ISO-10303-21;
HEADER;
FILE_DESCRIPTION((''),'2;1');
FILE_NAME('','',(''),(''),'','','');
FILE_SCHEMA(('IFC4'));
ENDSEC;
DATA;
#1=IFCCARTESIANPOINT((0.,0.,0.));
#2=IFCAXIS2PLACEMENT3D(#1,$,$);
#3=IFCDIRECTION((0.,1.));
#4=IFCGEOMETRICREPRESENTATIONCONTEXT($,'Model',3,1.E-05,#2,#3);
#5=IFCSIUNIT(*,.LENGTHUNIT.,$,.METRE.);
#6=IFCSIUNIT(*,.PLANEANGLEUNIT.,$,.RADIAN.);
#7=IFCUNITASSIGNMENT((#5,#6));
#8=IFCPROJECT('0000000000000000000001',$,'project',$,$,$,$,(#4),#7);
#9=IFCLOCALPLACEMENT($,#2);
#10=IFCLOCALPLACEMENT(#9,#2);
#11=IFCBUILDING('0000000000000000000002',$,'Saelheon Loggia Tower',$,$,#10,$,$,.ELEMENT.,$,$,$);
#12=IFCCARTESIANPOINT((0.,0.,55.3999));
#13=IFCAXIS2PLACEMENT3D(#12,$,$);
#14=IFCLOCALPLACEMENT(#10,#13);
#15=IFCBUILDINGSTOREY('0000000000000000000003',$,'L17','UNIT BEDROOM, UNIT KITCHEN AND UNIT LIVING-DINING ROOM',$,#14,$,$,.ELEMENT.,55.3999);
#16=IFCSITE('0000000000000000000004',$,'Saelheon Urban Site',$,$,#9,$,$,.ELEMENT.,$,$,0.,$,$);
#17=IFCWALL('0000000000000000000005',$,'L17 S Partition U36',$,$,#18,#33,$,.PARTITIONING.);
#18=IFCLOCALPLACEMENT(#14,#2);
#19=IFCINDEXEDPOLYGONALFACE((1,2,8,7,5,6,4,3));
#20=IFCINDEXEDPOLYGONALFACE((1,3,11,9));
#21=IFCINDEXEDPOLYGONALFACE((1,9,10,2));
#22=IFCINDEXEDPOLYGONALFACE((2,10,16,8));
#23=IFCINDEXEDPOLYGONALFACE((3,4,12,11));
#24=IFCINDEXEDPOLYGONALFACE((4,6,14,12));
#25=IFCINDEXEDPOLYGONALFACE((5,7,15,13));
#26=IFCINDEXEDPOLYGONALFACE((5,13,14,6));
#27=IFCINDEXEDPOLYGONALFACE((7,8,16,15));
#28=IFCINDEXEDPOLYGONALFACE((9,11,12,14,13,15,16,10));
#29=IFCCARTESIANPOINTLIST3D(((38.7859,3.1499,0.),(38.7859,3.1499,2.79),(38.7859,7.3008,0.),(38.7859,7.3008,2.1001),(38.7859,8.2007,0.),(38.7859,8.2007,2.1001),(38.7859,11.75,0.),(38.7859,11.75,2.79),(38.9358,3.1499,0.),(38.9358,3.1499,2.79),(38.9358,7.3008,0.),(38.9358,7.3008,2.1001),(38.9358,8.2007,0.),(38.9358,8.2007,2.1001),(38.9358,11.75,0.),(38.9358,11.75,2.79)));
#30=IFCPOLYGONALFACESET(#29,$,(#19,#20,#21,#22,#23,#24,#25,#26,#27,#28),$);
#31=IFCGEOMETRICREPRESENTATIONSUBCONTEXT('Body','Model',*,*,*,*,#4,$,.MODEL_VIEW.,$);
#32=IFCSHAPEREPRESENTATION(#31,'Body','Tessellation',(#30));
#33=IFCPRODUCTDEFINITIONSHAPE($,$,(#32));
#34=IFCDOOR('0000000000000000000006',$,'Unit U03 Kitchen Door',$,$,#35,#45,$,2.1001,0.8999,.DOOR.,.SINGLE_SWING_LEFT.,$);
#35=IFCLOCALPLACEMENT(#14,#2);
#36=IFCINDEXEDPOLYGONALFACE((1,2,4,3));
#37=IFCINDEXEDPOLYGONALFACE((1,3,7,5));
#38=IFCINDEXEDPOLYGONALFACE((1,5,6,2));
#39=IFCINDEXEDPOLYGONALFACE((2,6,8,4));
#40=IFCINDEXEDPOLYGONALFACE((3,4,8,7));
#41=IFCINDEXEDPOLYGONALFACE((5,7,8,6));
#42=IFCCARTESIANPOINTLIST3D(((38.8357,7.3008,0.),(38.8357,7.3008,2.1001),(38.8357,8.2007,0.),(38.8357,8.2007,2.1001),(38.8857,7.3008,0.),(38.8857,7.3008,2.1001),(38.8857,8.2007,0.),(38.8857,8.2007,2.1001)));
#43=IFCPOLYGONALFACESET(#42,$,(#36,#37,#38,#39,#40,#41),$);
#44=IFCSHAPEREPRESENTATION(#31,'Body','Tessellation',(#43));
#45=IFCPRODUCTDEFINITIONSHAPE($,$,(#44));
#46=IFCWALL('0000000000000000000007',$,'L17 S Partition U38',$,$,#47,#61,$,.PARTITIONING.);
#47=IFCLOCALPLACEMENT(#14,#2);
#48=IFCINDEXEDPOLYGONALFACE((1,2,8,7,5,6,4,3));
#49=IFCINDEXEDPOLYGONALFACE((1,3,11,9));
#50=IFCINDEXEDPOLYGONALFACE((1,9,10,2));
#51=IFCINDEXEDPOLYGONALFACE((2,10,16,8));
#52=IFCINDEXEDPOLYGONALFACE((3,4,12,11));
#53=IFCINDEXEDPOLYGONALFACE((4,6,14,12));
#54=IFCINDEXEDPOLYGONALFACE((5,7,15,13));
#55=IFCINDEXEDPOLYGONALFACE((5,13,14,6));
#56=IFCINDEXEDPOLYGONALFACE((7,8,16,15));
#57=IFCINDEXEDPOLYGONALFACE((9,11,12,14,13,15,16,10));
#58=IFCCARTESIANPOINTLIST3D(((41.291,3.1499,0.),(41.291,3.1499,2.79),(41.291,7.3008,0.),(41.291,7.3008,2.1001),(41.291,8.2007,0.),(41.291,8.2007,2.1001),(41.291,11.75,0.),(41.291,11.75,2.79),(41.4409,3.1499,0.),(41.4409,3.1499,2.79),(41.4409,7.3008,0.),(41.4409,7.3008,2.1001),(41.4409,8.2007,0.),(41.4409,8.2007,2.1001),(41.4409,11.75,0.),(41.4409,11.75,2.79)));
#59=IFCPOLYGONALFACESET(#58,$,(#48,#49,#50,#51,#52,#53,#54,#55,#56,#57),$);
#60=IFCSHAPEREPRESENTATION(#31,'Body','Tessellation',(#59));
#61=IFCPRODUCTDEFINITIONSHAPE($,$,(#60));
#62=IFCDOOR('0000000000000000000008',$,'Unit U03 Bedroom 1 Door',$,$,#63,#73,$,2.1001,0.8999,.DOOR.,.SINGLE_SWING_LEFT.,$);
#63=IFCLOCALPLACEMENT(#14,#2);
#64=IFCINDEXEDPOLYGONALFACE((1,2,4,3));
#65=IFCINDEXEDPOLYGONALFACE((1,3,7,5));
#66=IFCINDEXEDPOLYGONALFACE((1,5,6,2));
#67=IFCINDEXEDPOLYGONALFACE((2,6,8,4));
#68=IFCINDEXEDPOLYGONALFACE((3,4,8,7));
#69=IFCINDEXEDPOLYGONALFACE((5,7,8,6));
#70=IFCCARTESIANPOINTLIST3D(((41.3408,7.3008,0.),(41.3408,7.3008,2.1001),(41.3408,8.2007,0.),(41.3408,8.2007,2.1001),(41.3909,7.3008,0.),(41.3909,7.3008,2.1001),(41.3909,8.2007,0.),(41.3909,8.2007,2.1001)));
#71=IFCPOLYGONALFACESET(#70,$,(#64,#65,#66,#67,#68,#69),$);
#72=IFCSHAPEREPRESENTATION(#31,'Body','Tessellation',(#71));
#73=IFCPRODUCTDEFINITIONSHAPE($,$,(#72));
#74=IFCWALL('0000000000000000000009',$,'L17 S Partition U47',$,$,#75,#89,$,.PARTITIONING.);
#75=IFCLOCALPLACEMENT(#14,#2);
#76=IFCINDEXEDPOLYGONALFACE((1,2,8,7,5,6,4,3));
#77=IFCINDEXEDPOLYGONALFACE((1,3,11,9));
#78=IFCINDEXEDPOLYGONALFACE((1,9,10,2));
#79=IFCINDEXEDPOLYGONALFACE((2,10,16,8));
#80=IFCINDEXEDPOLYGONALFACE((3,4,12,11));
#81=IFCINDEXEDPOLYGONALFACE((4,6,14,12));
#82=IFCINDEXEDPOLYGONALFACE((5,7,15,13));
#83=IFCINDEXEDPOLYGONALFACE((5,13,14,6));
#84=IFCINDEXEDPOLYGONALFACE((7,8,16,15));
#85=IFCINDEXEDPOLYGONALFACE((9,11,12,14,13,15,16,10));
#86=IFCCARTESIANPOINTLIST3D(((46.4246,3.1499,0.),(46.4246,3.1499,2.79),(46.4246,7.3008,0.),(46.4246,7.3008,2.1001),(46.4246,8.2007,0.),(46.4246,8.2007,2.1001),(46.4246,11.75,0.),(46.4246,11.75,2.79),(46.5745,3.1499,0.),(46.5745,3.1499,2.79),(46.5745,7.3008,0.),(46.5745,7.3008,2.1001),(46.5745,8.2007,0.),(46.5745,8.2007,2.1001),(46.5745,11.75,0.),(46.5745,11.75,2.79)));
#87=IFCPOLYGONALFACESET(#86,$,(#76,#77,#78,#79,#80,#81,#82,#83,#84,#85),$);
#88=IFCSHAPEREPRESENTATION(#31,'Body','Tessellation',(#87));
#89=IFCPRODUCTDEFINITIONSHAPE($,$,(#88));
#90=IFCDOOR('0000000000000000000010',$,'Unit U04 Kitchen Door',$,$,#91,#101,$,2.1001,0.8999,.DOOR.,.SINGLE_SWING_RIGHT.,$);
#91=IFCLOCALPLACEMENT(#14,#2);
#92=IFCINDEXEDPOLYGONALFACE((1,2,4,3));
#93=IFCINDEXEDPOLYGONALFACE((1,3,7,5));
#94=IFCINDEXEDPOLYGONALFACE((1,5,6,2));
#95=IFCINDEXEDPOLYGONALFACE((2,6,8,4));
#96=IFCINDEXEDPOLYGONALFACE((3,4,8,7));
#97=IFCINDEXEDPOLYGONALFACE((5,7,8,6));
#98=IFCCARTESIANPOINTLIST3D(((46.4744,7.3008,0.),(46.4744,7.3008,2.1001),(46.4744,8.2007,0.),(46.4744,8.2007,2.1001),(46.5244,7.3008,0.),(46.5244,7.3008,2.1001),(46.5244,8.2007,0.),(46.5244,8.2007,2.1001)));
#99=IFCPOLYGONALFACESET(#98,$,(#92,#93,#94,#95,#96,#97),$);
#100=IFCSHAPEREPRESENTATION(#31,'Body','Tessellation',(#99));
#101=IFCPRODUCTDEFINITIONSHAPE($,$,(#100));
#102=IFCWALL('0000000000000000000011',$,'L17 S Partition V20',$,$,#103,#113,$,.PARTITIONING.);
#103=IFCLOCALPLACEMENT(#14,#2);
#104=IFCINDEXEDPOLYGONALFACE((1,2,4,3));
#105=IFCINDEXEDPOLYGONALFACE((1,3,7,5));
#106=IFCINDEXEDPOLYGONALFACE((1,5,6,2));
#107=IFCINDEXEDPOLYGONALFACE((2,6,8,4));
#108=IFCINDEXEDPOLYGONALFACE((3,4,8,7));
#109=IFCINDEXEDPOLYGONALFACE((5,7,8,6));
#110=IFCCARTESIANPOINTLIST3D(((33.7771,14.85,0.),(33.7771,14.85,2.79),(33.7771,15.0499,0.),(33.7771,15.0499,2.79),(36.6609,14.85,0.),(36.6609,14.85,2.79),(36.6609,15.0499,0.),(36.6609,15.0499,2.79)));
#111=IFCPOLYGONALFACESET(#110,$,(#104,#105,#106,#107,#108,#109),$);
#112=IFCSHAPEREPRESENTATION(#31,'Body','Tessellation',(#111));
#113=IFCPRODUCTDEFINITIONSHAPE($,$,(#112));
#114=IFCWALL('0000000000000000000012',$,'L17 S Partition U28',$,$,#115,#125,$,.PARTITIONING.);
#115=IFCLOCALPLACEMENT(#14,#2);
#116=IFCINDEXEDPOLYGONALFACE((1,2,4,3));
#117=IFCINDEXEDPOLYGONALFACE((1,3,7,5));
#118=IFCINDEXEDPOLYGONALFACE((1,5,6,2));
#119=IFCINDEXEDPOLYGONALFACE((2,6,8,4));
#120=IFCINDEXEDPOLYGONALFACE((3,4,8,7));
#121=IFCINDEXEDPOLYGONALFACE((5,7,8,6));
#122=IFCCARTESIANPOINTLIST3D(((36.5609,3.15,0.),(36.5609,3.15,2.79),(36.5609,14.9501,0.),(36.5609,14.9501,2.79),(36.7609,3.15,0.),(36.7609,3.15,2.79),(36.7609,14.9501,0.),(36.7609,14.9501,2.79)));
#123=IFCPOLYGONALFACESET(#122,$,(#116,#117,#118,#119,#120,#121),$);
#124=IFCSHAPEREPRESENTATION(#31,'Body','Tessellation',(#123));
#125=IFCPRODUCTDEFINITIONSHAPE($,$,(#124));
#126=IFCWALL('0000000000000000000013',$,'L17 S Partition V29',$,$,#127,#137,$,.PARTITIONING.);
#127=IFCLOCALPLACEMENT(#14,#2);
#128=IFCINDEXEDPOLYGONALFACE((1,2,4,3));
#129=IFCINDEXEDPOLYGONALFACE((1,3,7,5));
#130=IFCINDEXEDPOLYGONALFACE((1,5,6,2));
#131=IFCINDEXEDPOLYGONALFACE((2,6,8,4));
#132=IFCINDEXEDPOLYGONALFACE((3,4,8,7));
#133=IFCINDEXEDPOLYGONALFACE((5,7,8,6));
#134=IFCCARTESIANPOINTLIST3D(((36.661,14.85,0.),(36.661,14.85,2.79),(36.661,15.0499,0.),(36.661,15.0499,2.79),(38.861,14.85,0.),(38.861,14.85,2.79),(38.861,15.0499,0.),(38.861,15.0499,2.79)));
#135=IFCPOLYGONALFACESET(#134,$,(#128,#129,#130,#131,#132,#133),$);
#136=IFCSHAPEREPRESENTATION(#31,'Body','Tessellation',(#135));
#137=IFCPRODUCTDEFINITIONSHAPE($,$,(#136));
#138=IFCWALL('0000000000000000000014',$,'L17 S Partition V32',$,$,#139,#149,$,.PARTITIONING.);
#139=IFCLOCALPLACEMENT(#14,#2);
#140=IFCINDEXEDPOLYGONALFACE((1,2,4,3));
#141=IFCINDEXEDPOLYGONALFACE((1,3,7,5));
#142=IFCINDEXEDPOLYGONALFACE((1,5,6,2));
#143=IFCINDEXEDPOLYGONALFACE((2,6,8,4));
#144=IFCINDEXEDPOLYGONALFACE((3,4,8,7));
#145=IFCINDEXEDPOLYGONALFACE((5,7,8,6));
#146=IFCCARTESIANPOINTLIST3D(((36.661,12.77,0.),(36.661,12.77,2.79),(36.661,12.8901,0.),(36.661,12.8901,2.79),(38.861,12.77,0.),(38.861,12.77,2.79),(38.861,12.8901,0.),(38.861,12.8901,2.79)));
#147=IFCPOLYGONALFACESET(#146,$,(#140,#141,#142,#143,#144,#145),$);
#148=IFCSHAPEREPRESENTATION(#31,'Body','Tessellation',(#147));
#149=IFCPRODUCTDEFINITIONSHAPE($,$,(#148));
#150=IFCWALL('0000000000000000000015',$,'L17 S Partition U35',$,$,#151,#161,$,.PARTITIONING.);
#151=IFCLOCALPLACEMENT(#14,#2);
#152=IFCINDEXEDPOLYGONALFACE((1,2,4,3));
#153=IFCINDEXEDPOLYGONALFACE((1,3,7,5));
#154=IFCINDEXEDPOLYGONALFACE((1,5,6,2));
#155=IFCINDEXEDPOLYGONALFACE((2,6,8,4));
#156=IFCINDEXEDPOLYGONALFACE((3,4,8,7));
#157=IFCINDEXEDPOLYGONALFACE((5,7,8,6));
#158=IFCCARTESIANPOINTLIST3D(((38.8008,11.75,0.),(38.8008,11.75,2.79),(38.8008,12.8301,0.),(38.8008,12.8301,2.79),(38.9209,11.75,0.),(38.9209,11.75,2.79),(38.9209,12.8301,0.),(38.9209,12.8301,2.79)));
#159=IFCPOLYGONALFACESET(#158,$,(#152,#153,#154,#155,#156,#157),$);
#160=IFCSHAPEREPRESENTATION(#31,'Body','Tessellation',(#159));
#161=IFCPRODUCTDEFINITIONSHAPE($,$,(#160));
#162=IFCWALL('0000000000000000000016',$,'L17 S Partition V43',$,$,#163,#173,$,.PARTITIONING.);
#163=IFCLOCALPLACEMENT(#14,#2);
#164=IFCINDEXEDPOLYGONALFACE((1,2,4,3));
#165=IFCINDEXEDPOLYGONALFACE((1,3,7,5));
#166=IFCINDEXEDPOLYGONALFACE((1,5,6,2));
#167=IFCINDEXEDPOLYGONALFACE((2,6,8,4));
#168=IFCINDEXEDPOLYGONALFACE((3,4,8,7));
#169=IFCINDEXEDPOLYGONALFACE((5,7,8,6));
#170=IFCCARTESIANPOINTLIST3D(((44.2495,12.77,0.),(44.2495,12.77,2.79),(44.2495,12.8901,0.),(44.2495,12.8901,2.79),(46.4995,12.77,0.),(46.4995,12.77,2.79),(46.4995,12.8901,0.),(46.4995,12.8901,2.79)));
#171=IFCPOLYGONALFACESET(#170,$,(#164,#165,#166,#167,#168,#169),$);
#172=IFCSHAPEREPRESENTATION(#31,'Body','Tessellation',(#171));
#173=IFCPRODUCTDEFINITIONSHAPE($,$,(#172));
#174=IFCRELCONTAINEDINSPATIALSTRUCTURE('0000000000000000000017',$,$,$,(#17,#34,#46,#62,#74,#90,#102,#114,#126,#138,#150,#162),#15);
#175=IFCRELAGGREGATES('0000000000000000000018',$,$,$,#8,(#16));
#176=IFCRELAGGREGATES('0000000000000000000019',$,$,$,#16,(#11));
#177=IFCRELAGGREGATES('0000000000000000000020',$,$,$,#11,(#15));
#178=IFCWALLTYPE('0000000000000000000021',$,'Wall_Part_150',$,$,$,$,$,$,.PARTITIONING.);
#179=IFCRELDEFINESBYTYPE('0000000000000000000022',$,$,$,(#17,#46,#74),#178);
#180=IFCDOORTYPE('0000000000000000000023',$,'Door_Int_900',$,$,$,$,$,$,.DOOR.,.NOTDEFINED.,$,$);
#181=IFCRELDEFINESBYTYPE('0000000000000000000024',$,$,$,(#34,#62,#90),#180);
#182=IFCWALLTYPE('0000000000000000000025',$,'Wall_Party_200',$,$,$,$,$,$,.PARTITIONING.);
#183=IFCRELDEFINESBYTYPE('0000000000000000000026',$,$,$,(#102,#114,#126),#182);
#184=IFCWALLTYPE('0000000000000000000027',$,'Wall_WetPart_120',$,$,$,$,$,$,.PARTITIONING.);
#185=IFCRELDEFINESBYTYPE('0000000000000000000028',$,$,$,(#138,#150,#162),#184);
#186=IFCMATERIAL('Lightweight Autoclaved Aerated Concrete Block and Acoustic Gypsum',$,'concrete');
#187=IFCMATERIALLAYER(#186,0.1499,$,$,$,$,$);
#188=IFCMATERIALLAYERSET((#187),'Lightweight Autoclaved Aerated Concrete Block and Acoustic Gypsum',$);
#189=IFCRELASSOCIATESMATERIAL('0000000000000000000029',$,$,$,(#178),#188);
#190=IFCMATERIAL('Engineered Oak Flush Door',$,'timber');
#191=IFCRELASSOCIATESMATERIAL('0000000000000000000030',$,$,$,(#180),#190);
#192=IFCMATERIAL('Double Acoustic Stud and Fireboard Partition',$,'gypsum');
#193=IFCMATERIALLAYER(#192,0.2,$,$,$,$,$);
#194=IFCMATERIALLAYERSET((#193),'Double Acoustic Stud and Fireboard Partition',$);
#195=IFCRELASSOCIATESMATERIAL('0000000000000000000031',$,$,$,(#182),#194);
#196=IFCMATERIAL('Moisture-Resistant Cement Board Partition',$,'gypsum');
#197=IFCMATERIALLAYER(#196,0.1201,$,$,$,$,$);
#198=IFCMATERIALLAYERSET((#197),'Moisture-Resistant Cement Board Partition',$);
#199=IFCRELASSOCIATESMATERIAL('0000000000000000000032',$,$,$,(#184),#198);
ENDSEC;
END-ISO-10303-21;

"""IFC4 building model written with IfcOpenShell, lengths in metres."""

from ifc_helpers import new_model, si_unit, direction, frame, frame_2d, origin, place, context, subcontext, project, spatial, rectangle, extrude, source, transform, mapped, material, layer, layer_set, type_object, element, fill, save


model = new_model("IFC4")

# Units and contexts
model_context = context("Model", 3, precision=1e-05, world=origin(), true_north=direction((0.0, 1.0)))
body_context = subcontext(model_context, "Body", "Model", "MODEL_VIEW")
ifc_project = project(units=[si_unit("LENGTHUNIT", "METRE"), si_unit("PLANEANGLEUNIT", "RADIAN")], contexts=[model_context])

# Site, building, storey
site_placement = place(None, origin())
site = spatial("IfcSite", under=ifc_project, at=site_placement, Name="Saelheon Urban Site", CompositionType="ELEMENT", RefElevation=0.0)
building_placement = place(site_placement, origin())
building = spatial("IfcBuilding", under=site, at=building_placement, Name="Saelheon Loggia Tower", CompositionType="ELEMENT")
storey_placement = place(building_placement, frame((0.0, 0.0, 55.3999)))
storey = spatial("IfcBuildingStorey", under=building, at=storey_placement, Name="L17", Description="UNIT BEDROOM, UNIT KITCHEN AND UNIT LIVING-DINING ROOM", CompositionType="ELEMENT", Elevation=55.3999)

# Shared definitions
ifc_material_1 = material(Name="Lightweight Autoclaved Aerated Concrete Block and Acoustic Gypsum", Category="concrete")
ifc_layer_1 = layer(ifc_material_1, 0.1499)
ifc_layer_set_1 = layer_set([ifc_layer_1], Name="Lightweight Autoclaved Aerated Concrete Block and Acoustic Gypsum")
wall_type_1 = type_object("IfcWallType", Name="Wall_Part_150", PredefinedType="PARTITIONING", material=ifc_layer_set_1)

# Shared definitions
ifc_material_2 = material(Name="Engineered Oak Flush Door", Category="timber")
door_type_1 = type_object("IfcDoorType", Name="Door_Int_900", OperationType="NOTDEFINED", PredefinedType="DOOR", material=ifc_material_2)
shared_shape_1 = source(origin(), body_context, "Body", "SweptSolid", [
    extrude(rectangle(XDim=0.8999, YDim=2.1001, at=frame_2d((0.45, 1.05))), frame((0.0, 0.0249, 0.0), z_axis=(0.0, -1.0, 0.0), x_axis=(1.0, 0.0, 0.0)), (0.0, 0.0, 1.0), 0.05),
])

# Walls, openings, doors
wall_1_placement = place(storey_placement, frame((38.8608, 11.75, 0.0), z_axis=(0.0, 0.0, 1.0), x_axis=(0.0, -1.0, 0.0)))
wall_1 = element("IfcWall", 1, at=wall_1_placement, inside=storey, type_object=wall_type_1, Name="L17 S Partition U36", PredefinedType="PARTITIONING", context=body_context, shape_type="SweptSolid", body=[
    extrude(rectangle(XDim=8.6001, YDim=0.1499, at=frame_2d((4.3, 0.0))), origin(), (0.0, 0.0, 1.0), 2.79),
])
opening_1_placement = place(wall_1_placement, frame((3.5493, 0.0, 0.0)))
opening_1 = element("IfcOpeningElement", 2, at=opening_1_placement, cuts=wall_1, PredefinedType="OPENING", context=body_context, shape_type="SweptSolid", body=[
    extrude(rectangle(XDim=0.8999, YDim=2.1001, at=frame_2d((0.45, 1.05))), frame((0.0, 0.0869, 0.0), z_axis=(0.0, -1.0, 0.0), x_axis=(1.0, 0.0, 0.0)), (0.0, 0.0, 1.0), 0.1738),
])
door_1_placement = place(opening_1_placement, origin())
door_1 = element("IfcDoor", 3, at=door_1_placement, inside=storey, type_object=door_type_1, Name="Unit U03 Kitchen Door", OperationType="SINGLE_SWING_LEFT", OverallHeight=2.1001, OverallWidth=0.8999, PredefinedType="DOOR", context=body_context, shape_type="MappedRepresentation", body=[
    mapped(shared_shape_1, transform((0.0, 0.0, 0.0), scale=1.0)),
])
fill(opening_1, door_1)
wall_2_placement = place(storey_placement, frame((41.366, 11.75, 0.0), z_axis=(0.0, 0.0, 1.0), x_axis=(0.0, -1.0, 0.0)))
wall_2 = element("IfcWall", 4, at=wall_2_placement, inside=storey, type_object=wall_type_1, Name="L17 S Partition U38", PredefinedType="PARTITIONING", context=body_context, shape_type="SweptSolid", body=[
    extrude(rectangle(XDim=8.6001, YDim=0.1499, at=frame_2d((4.3, 0.0))), origin(), (0.0, 0.0, 1.0), 2.79),
])
opening_2_placement = place(wall_2_placement, frame((3.5493, 0.0, 0.0)))
opening_2 = element("IfcOpeningElement", 5, at=opening_2_placement, cuts=wall_2, PredefinedType="OPENING", context=body_context, shape_type="SweptSolid", body=[
    extrude(rectangle(XDim=0.8999, YDim=2.1001, at=frame_2d((0.45, 1.05))), frame((0.0, 0.0869, 0.0), z_axis=(0.0, -1.0, 0.0), x_axis=(1.0, 0.0, 0.0)), (0.0, 0.0, 1.0), 0.1738),
])
door_2_placement = place(opening_2_placement, origin())
door_2 = element("IfcDoor", 6, at=door_2_placement, inside=storey, type_object=door_type_1, Name="Unit U03 Bedroom 1 Door", OperationType="SINGLE_SWING_LEFT", OverallHeight=2.1001, OverallWidth=0.8999, PredefinedType="DOOR", context=body_context, shape_type="MappedRepresentation", body=[
    mapped(shared_shape_1, transform((0.0, 0.0, 0.0), scale=1.0)),
])
fill(opening_2, door_2)
wall_3_placement = place(storey_placement, frame((46.4995, 11.75, 0.0), z_axis=(0.0, 0.0, 1.0), x_axis=(0.0, -1.0, 0.0)))
wall_3 = element("IfcWall", 7, at=wall_3_placement, inside=storey, type_object=wall_type_1, Name="L17 S Partition U47", PredefinedType="PARTITIONING", context=body_context, shape_type="SweptSolid", body=[
    extrude(rectangle(XDim=8.6001, YDim=0.1499, at=frame_2d((4.3, 0.0))), origin(), (0.0, 0.0, 1.0), 2.79),
])
opening_3_placement = place(wall_3_placement, frame((3.5493, 0.0, 0.0)))
opening_3 = element("IfcOpeningElement", 8, at=opening_3_placement, cuts=wall_3, PredefinedType="OPENING", context=body_context, shape_type="SweptSolid", body=[
    extrude(rectangle(XDim=0.8999, YDim=2.1001, at=frame_2d((0.45, 1.05))), frame((0.0, 0.0869, 0.0), z_axis=(0.0, -1.0, 0.0), x_axis=(1.0, 0.0, 0.0)), (0.0, 0.0, 1.0), 0.1738),
])
door_3_placement = place(opening_3_placement, origin())
door_3 = element("IfcDoor", 9, at=door_3_placement, inside=storey, type_object=door_type_1, Name="Unit U04 Kitchen Door", OperationType="SINGLE_SWING_RIGHT", OverallHeight=2.1001, OverallWidth=0.8999, PredefinedType="DOOR", context=body_context, shape_type="MappedRepresentation", body=[
    mapped(shared_shape_1, transform((0.0, 0.0, 0.0), scale=1.0)),
])
fill(opening_3, door_3)

# Walls
ifc_material_3 = material(Name="Double Acoustic Stud and Fireboard Partition", Category="gypsum")
ifc_layer_2 = layer(ifc_material_3, 0.2)
ifc_layer_set_2 = layer_set([ifc_layer_2], Name="Double Acoustic Stud and Fireboard Partition")
wall_type_2 = type_object("IfcWallType", Name="Wall_Party_200", PredefinedType="PARTITIONING", material=ifc_layer_set_2)
wall_4_placement = place(storey_placement, frame((33.7771, 14.95, 0.0), z_axis=(0.0, 0.0, 1.0), x_axis=(1.0, 0.0, 0.0)))
element("IfcWall", 10, at=wall_4_placement, inside=storey, type_object=wall_type_2, Name="L17 S Partition V20", PredefinedType="PARTITIONING", context=body_context, shape_type="SweptSolid", body=[
    extrude(rectangle(XDim=2.8838, YDim=0.2, at=frame_2d((1.4419, 0.0))), origin(), (0.0, 0.0, 1.0), 2.79),
])
wall_5_placement = place(storey_placement, frame((36.6609, 14.95, 0.0), z_axis=(0.0, 0.0, 1.0), x_axis=(0.0, -1.0, 0.0)))
element("IfcWall", 11, at=wall_5_placement, inside=storey, type_object=wall_type_2, Name="L17 S Partition U28", PredefinedType="PARTITIONING", context=body_context, shape_type="SweptSolid", body=[
    extrude(rectangle(XDim=11.8, YDim=0.2, at=frame_2d((5.8999, 0.0))), origin(), (0.0, 0.0, 1.0), 2.79),
])
wall_6_placement = place(storey_placement, frame((36.6609, 14.95, 0.0), z_axis=(0.0, 0.0, 1.0), x_axis=(1.0, 0.0, 0.0)))
element("IfcWall", 12, at=wall_6_placement, inside=storey, type_object=wall_type_2, Name="L17 S Partition V29", PredefinedType="PARTITIONING", context=body_context, shape_type="SweptSolid", body=[
    extrude(rectangle(XDim=2.2, YDim=0.2, at=frame_2d((1.1001, 0.0))), origin(), (0.0, 0.0, 1.0), 2.79),
])

# Walls
ifc_material_4 = material(Name="Moisture-Resistant Cement Board Partition", Category="gypsum")
ifc_layer_3 = layer(ifc_material_4, 0.1201)
ifc_layer_set_3 = layer_set([ifc_layer_3], Name="Moisture-Resistant Cement Board Partition")
wall_type_3 = type_object("IfcWallType", Name="Wall_WetPart_120", PredefinedType="PARTITIONING", material=ifc_layer_set_3)
wall_7_placement = place(storey_placement, frame((36.6609, 12.8301, 0.0), z_axis=(0.0, 0.0, 1.0), x_axis=(1.0, 0.0, 0.0)))
element("IfcWall", 13, at=wall_7_placement, inside=storey, type_object=wall_type_3, Name="L17 S Partition V32", PredefinedType="PARTITIONING", context=body_context, shape_type="SweptSolid", body=[
    extrude(rectangle(XDim=2.2, YDim=0.1201, at=frame_2d((1.1001, 0.0))), origin(), (0.0, 0.0, 1.0), 2.79),
])
wall_8_placement = place(storey_placement, frame((38.8608, 12.8301, 0.0), z_axis=(0.0, 0.0, 1.0), x_axis=(0.0, -1.0, 0.0)))
element("IfcWall", 14, at=wall_8_placement, inside=storey, type_object=wall_type_3, Name="L17 S Partition U35", PredefinedType="PARTITIONING", context=body_context, shape_type="SweptSolid", body=[
    extrude(rectangle(XDim=1.0801, YDim=0.1201, at=frame_2d((0.54, 0.0))), origin(), (0.0, 0.0, 1.0), 2.79),
])
wall_9_placement = place(storey_placement, frame((44.2495, 12.8301, 0.0), z_axis=(0.0, 0.0, 1.0), x_axis=(1.0, 0.0, 0.0)))
element("IfcWall", 15, at=wall_9_placement, inside=storey, type_object=wall_type_3, Name="L17 S Partition V43", PredefinedType="PARTITIONING", context=body_context, shape_type="SweptSolid", body=[
    extrude(rectangle(XDim=2.25, YDim=0.1201, at=frame_2d((1.125, 0.0))), origin(), (0.0, 0.0, 1.0), 2.79),
])

save(model, "model.ifc")
